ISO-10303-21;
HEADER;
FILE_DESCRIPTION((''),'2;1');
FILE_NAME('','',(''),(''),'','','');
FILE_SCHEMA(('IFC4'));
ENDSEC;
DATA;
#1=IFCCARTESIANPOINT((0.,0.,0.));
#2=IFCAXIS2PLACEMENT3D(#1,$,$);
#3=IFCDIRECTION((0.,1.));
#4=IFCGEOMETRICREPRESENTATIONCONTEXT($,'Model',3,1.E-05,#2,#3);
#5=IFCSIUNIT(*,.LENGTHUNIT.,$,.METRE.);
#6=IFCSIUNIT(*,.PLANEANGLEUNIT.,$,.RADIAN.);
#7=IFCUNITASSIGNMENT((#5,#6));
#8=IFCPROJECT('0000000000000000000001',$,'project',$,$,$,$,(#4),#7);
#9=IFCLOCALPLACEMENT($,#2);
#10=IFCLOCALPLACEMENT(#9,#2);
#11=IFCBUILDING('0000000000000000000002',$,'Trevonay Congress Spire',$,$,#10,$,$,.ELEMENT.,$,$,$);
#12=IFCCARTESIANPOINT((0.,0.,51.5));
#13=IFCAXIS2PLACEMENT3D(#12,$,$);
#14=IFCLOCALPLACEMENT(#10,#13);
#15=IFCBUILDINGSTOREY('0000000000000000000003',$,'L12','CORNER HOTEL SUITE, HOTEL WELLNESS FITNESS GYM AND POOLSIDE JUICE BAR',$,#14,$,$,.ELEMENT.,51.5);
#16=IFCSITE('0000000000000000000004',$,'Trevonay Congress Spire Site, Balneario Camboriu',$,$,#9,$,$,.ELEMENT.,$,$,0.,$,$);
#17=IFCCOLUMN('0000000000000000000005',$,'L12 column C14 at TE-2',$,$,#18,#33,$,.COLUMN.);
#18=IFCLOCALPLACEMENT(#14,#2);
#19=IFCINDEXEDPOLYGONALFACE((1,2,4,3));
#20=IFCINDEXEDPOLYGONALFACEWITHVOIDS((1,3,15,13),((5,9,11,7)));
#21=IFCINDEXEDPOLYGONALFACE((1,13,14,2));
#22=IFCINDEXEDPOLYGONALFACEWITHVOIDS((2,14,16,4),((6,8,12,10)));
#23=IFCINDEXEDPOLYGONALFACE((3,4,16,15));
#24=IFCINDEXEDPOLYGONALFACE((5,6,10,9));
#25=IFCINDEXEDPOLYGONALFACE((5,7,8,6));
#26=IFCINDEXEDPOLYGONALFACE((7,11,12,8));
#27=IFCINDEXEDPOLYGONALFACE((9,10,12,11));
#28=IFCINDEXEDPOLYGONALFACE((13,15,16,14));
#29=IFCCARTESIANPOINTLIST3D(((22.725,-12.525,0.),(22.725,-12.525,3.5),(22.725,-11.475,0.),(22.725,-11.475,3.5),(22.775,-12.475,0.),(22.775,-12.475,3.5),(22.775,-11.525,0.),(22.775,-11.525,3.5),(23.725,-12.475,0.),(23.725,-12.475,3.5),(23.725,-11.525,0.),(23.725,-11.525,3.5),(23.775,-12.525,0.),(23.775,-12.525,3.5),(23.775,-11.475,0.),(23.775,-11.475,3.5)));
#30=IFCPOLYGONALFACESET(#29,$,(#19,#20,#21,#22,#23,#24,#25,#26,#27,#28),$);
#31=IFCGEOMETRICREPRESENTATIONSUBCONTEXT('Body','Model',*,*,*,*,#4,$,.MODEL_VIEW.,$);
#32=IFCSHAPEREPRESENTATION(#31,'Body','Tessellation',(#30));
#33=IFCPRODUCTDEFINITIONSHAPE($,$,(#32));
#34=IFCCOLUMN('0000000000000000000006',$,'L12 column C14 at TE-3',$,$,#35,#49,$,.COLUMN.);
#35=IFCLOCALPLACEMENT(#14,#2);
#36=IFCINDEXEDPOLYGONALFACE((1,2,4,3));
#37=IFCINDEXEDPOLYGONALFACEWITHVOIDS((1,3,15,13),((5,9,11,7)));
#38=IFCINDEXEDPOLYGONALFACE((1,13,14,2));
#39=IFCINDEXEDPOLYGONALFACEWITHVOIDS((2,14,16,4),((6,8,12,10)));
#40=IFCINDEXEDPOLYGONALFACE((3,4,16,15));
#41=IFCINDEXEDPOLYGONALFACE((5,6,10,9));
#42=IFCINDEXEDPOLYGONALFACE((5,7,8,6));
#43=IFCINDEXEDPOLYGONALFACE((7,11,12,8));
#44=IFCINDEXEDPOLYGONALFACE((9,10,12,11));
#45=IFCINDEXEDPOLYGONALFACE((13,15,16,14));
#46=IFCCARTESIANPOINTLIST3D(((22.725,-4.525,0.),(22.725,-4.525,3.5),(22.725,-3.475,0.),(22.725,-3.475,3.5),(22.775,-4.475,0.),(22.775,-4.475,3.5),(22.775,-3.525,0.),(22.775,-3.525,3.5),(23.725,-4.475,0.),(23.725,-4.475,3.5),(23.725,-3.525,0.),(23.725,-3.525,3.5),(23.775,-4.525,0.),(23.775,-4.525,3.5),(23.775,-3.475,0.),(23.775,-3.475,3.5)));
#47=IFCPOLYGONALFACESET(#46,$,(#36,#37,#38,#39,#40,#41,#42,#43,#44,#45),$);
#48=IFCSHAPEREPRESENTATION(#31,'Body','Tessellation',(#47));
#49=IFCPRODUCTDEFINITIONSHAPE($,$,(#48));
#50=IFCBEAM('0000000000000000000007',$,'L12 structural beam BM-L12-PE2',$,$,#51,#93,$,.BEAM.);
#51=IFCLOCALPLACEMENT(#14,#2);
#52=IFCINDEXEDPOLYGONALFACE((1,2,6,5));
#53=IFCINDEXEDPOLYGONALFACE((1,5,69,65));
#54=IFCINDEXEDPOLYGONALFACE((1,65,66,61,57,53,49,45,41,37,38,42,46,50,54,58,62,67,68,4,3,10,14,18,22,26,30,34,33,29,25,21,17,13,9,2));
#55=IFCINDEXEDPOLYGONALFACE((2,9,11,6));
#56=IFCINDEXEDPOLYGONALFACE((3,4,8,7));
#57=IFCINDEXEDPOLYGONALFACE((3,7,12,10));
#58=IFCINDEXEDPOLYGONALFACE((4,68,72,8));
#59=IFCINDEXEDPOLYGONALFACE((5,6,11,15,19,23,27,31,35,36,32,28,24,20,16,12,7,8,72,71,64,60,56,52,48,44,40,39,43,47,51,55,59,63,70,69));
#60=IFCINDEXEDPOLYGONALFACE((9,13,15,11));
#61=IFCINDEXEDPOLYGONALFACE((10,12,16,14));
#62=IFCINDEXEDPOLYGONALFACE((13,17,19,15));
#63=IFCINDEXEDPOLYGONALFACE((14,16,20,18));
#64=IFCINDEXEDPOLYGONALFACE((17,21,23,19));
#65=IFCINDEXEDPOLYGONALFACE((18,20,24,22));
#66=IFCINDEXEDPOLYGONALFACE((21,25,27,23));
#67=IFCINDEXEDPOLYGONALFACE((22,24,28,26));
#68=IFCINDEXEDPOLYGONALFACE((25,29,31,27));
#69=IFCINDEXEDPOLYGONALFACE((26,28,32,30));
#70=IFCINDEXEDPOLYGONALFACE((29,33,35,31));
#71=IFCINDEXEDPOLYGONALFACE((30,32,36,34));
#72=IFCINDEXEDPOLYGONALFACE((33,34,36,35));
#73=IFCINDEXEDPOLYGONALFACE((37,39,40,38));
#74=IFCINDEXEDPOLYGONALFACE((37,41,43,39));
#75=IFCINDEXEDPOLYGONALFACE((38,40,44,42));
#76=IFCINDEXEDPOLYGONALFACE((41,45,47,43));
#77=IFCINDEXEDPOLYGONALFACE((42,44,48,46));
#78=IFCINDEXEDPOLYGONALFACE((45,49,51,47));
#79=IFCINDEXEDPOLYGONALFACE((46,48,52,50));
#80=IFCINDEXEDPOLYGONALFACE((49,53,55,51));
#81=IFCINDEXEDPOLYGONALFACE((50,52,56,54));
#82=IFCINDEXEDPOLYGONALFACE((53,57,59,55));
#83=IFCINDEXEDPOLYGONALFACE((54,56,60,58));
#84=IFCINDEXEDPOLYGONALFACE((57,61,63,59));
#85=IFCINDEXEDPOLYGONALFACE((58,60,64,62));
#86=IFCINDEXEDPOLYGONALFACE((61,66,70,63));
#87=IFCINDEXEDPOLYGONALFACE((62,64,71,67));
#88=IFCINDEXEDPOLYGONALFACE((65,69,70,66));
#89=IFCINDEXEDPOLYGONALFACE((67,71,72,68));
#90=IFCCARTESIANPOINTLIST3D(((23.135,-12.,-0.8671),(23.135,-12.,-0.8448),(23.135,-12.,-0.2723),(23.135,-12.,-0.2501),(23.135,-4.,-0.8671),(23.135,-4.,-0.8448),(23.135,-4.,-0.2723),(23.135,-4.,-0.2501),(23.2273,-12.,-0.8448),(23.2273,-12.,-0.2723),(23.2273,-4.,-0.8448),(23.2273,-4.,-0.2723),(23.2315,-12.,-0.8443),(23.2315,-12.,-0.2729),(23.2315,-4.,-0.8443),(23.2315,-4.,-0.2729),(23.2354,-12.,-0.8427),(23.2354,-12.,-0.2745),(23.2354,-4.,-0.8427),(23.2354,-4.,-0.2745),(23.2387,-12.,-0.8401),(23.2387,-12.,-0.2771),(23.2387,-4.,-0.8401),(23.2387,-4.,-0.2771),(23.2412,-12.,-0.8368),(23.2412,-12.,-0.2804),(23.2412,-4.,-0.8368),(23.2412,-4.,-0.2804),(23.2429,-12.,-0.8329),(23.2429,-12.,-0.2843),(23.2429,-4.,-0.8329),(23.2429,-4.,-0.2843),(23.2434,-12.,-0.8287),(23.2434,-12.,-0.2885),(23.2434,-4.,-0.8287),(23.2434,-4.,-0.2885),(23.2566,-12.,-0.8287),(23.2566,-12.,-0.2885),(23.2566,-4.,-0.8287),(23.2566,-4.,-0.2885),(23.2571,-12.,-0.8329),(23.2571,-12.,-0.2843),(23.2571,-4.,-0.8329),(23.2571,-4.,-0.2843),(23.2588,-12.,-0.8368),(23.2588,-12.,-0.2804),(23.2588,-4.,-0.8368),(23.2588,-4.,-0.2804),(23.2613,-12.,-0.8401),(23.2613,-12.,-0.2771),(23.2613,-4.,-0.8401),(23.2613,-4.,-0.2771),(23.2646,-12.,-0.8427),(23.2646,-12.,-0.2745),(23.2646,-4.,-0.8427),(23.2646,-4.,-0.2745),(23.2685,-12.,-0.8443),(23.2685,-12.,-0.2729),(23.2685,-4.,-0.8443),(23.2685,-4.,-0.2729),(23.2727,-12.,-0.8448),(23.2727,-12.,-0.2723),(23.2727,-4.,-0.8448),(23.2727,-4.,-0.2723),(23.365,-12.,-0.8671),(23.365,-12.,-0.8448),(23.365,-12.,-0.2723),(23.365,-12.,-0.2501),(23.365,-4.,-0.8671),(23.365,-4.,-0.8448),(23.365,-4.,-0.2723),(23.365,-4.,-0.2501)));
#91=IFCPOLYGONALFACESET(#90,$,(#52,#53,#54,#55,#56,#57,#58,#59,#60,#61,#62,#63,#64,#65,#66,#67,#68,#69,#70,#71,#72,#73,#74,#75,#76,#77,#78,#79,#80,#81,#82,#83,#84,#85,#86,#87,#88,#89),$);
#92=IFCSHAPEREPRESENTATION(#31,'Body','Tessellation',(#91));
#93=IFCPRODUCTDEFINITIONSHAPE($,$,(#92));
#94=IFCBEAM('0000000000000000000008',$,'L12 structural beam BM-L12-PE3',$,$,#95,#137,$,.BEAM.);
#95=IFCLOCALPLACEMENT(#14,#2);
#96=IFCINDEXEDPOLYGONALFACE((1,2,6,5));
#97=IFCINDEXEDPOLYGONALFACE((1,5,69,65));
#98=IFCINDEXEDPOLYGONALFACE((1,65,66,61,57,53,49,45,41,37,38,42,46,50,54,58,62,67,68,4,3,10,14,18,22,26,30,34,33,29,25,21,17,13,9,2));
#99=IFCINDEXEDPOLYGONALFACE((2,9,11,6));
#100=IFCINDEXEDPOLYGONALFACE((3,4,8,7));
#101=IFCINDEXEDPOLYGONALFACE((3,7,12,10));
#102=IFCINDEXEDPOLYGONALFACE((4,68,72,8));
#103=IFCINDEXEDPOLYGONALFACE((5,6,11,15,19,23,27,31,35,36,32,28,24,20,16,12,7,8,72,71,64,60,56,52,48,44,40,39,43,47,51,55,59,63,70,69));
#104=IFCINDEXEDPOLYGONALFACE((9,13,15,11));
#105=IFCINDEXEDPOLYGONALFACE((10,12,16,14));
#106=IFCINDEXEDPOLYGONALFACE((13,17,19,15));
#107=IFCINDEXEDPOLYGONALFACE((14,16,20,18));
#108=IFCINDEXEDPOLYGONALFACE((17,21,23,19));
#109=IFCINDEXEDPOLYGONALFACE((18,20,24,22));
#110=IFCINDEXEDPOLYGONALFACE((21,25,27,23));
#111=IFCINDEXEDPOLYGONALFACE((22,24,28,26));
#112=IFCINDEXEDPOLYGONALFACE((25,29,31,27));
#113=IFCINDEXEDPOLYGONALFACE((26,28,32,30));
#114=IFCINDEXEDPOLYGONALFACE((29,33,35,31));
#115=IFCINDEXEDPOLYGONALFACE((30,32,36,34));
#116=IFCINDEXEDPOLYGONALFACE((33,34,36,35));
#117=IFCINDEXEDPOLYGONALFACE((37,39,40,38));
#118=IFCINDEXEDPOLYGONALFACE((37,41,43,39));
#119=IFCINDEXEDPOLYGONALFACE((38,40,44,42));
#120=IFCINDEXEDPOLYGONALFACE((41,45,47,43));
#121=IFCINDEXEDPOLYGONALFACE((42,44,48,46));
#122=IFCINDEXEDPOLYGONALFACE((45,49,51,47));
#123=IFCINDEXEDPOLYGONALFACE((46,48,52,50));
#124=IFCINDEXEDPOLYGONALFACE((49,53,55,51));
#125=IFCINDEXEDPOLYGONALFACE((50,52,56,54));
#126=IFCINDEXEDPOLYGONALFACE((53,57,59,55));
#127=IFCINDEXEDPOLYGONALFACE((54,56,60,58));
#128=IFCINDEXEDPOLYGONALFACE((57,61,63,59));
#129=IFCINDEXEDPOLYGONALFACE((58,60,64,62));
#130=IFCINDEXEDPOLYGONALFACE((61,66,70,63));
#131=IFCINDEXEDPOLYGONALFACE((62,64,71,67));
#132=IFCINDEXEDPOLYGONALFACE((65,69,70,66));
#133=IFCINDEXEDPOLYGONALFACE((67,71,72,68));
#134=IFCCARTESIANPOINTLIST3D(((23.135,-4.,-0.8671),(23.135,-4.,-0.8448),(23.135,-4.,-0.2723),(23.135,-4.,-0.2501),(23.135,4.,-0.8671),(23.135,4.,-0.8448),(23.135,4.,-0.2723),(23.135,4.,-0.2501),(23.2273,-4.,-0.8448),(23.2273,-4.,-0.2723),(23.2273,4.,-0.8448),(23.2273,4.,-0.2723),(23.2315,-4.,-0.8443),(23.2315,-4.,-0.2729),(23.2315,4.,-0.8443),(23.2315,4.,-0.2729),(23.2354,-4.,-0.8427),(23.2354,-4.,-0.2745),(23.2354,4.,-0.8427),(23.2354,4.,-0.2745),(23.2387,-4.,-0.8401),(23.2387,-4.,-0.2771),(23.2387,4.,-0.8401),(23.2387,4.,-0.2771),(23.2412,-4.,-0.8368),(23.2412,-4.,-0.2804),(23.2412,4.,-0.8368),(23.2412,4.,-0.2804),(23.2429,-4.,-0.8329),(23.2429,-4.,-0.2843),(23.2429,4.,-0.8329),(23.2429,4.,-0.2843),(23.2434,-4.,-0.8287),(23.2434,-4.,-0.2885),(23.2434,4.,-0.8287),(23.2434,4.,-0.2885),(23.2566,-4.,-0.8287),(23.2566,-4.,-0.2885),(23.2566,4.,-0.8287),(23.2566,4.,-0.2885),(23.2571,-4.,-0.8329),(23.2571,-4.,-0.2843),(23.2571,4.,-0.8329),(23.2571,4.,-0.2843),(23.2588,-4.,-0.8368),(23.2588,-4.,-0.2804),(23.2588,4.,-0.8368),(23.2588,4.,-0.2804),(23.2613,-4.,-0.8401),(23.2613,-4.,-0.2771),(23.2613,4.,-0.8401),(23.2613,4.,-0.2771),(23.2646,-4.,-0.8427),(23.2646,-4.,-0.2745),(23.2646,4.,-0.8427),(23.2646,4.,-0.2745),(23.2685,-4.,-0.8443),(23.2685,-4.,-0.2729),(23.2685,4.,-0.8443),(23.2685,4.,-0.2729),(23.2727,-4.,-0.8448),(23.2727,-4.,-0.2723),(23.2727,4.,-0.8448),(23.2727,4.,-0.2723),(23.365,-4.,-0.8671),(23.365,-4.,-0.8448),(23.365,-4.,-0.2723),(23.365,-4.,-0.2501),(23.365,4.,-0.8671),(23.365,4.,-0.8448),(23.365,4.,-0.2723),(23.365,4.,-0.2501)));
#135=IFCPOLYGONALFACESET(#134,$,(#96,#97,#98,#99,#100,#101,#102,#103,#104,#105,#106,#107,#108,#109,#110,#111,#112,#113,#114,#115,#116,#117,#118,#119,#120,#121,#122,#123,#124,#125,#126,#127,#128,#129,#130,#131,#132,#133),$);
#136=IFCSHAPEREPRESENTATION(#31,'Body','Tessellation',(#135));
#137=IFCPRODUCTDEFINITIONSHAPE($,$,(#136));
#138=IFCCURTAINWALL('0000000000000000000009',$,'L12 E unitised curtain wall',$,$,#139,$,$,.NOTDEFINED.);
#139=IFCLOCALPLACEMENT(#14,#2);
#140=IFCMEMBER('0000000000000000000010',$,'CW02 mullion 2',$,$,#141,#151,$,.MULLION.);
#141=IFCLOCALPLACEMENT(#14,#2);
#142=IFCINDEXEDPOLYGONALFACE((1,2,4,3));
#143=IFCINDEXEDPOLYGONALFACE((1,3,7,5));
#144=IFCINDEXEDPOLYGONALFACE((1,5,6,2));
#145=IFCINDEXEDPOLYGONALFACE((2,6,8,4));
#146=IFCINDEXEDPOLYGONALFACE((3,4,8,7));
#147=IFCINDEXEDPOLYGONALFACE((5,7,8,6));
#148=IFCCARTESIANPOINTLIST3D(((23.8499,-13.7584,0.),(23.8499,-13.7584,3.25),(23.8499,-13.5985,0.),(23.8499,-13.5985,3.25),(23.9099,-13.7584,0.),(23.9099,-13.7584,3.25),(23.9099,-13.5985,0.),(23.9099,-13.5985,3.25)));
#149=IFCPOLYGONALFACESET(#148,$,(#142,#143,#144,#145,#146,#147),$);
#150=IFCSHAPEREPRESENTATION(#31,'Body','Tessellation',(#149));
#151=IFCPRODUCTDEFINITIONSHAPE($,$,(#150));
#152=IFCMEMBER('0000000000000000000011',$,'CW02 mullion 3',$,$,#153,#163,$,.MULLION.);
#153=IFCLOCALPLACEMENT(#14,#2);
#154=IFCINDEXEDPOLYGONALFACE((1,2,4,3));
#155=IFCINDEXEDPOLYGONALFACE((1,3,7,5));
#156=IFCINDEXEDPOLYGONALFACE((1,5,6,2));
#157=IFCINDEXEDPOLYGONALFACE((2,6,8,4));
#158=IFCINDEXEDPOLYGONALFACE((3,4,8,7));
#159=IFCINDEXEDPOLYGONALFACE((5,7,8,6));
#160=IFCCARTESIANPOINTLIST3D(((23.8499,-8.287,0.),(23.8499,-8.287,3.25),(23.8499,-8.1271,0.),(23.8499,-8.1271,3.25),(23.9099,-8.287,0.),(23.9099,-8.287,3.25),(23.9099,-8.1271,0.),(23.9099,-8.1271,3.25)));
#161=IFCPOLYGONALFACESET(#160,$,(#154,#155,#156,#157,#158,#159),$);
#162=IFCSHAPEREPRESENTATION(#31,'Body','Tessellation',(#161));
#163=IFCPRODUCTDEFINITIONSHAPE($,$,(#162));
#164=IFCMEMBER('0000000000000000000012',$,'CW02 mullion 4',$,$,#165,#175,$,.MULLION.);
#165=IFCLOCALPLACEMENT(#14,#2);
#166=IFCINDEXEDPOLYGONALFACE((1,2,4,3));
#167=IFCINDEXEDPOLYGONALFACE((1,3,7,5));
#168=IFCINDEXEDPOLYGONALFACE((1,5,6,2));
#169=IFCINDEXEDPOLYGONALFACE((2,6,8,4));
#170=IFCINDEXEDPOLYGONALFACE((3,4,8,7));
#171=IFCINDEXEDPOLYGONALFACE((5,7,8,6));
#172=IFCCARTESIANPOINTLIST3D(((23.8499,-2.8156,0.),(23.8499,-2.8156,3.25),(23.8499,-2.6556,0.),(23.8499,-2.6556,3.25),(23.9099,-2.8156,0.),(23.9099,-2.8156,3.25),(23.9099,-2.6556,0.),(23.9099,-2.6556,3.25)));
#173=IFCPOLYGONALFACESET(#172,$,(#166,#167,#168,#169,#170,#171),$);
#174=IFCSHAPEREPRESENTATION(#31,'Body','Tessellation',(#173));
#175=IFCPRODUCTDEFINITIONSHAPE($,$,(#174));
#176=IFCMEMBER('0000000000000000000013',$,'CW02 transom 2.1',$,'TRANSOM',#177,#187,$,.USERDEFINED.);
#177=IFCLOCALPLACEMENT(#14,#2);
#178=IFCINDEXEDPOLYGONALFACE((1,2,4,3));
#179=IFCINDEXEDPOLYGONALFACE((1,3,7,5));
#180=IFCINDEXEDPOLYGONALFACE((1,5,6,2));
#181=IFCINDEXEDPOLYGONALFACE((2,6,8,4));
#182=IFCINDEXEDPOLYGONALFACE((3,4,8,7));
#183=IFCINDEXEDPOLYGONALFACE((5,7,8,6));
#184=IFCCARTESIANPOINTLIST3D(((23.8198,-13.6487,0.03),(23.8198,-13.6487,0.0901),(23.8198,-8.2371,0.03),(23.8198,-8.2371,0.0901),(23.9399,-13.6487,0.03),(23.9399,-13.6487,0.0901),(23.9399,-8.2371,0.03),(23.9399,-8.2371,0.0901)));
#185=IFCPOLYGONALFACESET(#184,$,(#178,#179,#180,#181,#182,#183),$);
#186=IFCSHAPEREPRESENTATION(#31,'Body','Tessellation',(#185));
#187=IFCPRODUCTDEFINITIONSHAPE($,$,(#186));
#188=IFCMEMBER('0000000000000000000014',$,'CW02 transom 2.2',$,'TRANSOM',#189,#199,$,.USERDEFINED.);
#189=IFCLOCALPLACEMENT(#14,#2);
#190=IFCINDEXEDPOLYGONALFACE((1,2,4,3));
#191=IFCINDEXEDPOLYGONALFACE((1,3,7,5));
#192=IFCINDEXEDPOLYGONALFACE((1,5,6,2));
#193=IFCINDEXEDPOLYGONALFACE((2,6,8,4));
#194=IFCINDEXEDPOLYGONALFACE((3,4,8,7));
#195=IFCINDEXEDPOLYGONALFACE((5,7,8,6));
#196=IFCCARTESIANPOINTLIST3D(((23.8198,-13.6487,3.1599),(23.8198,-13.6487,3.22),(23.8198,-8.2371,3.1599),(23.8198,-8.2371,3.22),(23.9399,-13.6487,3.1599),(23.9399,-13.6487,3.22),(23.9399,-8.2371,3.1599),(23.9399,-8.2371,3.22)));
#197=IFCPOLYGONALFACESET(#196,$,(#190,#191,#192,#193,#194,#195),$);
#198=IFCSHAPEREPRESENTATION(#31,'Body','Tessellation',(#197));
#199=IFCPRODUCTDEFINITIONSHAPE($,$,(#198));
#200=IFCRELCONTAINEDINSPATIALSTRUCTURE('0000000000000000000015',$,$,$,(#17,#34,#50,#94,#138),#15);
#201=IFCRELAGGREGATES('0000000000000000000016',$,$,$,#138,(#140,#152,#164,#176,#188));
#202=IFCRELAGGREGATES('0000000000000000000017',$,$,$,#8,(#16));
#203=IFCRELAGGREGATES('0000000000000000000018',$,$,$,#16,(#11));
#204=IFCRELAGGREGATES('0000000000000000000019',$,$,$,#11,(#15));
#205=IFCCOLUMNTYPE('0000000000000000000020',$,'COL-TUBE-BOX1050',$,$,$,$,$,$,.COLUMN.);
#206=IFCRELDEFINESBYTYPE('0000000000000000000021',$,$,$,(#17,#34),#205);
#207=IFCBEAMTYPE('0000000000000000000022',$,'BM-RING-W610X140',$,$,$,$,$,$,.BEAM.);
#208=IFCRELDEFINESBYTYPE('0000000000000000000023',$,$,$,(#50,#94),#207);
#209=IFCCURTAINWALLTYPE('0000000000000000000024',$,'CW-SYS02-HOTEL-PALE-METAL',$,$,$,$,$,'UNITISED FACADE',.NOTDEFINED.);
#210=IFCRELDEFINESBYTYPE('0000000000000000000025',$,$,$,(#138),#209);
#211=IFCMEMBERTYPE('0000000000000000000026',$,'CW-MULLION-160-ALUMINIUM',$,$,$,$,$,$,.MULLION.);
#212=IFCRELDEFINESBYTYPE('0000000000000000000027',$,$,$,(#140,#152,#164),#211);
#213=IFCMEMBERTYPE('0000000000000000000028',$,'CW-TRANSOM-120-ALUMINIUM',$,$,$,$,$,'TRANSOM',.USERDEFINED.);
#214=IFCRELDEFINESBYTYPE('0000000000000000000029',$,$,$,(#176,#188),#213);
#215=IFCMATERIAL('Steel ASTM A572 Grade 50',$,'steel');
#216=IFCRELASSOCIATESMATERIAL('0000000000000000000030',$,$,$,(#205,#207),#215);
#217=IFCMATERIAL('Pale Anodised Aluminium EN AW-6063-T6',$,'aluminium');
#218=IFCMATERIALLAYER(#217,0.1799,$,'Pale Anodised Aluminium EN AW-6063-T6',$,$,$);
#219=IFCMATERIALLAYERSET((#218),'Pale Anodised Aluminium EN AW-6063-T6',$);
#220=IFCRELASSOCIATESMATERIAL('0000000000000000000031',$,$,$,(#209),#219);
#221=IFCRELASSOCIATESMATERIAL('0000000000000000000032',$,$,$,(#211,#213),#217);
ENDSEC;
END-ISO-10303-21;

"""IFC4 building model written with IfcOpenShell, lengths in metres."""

from ifc_helpers import new_model, si_unit, direction, frame, origin, origin_2d, place, context, subcontext, project, spatial, rectangle, hollow_rectangle, i_section, extrude, material, layer, layer_set, material_profile, profile_set, type_object, element, aggregate, save


model = new_model("IFC4")

# Units and contexts
model_context = context("Model", 3, precision=1e-05, world=origin(), true_north=direction((0.0, 1.0)))
body_context = subcontext(model_context, "Body", "Model", "MODEL_VIEW")
ifc_project = project(units=[si_unit("LENGTHUNIT", "METRE"), si_unit("PLANEANGLEUNIT", "RADIAN")], contexts=[model_context])

# Site, building, storey
site_placement = place(None, origin())
site = spatial("IfcSite", under=ifc_project, at=site_placement, Name="Trevonay Congress Spire Site, Balneario Camboriu", CompositionType="ELEMENT", RefElevation=0.0)
building_placement = place(site_placement, origin())
building = spatial("IfcBuilding", under=site, at=building_placement, Name="Trevonay Congress Spire", CompositionType="ELEMENT")
storey_placement = place(building_placement, frame((0.0, 0.0, 51.5)))
storey = spatial("IfcBuildingStorey", under=building, at=storey_placement, Name="L12", Description="CORNER HOTEL SUITE, HOTEL WELLNESS FITNESS GYM AND POOLSIDE JUICE BAR", CompositionType="ELEMENT", Elevation=51.5)

# Columns
ifc_material_1 = material(Name="Steel ASTM A572 Grade 50", Category="steel")
ifc_material_profile_1 = material_profile(ifc_material_1, hollow_rectangle(XDim=1.05, YDim=1.05, WallThickness=0.05, at=origin_2d()), Name="BOX 1050x1050x50")
ifc_profile_set_1 = profile_set([ifc_material_profile_1], Name="Steel ASTM A572 Grade 50")
column_type = type_object("IfcColumnType", Name="COL-TUBE-BOX1050", PredefinedType="COLUMN", material=ifc_profile_set_1)
for number, where, z_axis, x_axis, name in (
    (1, (23.25, -12.0, 0.0), (0.0, 0.0, 1.0), (1.0, 0.0, 0.0), "L12 column C14 at TE-2"),
    (2, (23.25, -4.0, 0.0), (0.0, 0.0, 1.0), (1.0, 0.0, 0.0), "L12 column C14 at TE-3"),
):
    element("IfcColumn", number, at=place(storey_placement, frame(where, z_axis=z_axis, x_axis=x_axis)), inside=storey, type_object=column_type, Name=name, PredefinedType="COLUMN", context=body_context, shape_type="SweptSolid", body=[
        extrude(hollow_rectangle(XDim=1.05, YDim=1.05, WallThickness=0.05, at=origin_2d()), origin(), (0.0, 0.0, 1.0), 3.5),
    ])

# Beams
ifc_material_profile_2 = material_profile(ifc_material_1, i_section(OverallWidth=0.23, OverallDepth=0.6169, WebThickness=0.0132, FlangeThickness=0.0222, FilletRadius=0.0161, at=origin_2d()), Name="W610x140")
ifc_profile_set_2 = profile_set([ifc_material_profile_2], Name="Steel ASTM A572 Grade 50")
beam_type = type_object("IfcBeamType", Name="BM-RING-W610X140", PredefinedType="BEAM", material=ifc_profile_set_2)
for number, where, z_axis, x_axis, name in (
    (3, (23.25, -12.0, -0.5586), (0.0, 1.0, 0.0), (-1.0, 0.0, 0.0), "L12 structural beam BM-L12-PE2"),
    (4, (23.25, -4.0, -0.5586), (0.0, 1.0, 0.0), (-1.0, 0.0, 0.0), "L12 structural beam BM-L12-PE3"),
):
    element("IfcBeam", number, at=place(storey_placement, frame(where, z_axis=z_axis, x_axis=x_axis)), inside=storey, type_object=beam_type, Name=name, PredefinedType="BEAM", context=body_context, shape_type="SweptSolid", body=[
        extrude(i_section(OverallWidth=0.23, OverallDepth=0.6169, WebThickness=0.0132, FlangeThickness=0.0222, FilletRadius=0.0161, at=origin_2d()), origin(), (0.0, 0.0, 1.0), 8.0),
    ])

# Curtain wall, members
ifc_material_2 = material(Name="Pale Anodised Aluminium EN AW-6063-T6", Category="aluminium")
ifc_layer_1 = layer(ifc_material_2, 0.1799, Name="Pale Anodised Aluminium EN AW-6063-T6")
ifc_layer_set_1 = layer_set([ifc_layer_1], Name="Pale Anodised Aluminium EN AW-6063-T6")
curtain_wall_type = type_object("IfcCurtainWallType", Name="CW-SYS02-HOTEL-PALE-METAL", ElementType="UNITISED FACADE", PredefinedType="NOTDEFINED", material=ifc_layer_set_1)
curtain_wall_placement = place(storey_placement, origin())
curtain_wall = element("IfcCurtainWall", 5, at=curtain_wall_placement, inside=storey, type_object=curtain_wall_type, Name="L12 E unitised curtain wall", PredefinedType="NOTDEFINED")
ifc_material_profile_3 = material_profile(ifc_material_2, rectangle(XDim=0.0601, YDim=0.1599, at=origin_2d()), Name="CW-MULLION-160-ALUMINIUM")
ifc_profile_set_3 = profile_set([ifc_material_profile_3], Name="Pale Anodised Aluminium EN AW-6063-T6")
member_type_1 = type_object("IfcMemberType", Name="CW-MULLION-160-ALUMINIUM", PredefinedType="MULLION", material=ifc_profile_set_3)
member_1_placement = place(storey_placement, frame((23.8799, -13.6785, 0.0), z_axis=(0.0, 0.0, 1.0), x_axis=(-1.0, 0.0, 0.0)))
member_1 = element("IfcMember", 6, at=member_1_placement, type_object=member_type_1, Name="CW02 mullion 2", PredefinedType="MULLION", context=body_context, shape_type="SweptSolid", body=[
    extrude(rectangle(XDim=0.0601, YDim=0.1599, at=origin_2d()), origin(), (0.0, 0.0, 1.0), 3.25),
])
member_2_placement = place(storey_placement, frame((23.8799, -8.207, 0.0), z_axis=(0.0, 0.0, 1.0), x_axis=(-1.0, 0.0, 0.0)))
member_2 = element("IfcMember", 7, at=member_2_placement, type_object=member_type_1, Name="CW02 mullion 3", PredefinedType="MULLION", context=body_context, shape_type="SweptSolid", body=[
    extrude(rectangle(XDim=0.0601, YDim=0.1599, at=origin_2d()), origin(), (0.0, 0.0, 1.0), 3.25),
])
member_3_placement = place(storey_placement, frame((23.8799, -2.7356, 0.0), z_axis=(0.0, 0.0, 1.0), x_axis=(-1.0, 0.0, 0.0)))
member_3 = element("IfcMember", 8, at=member_3_placement, type_object=member_type_1, Name="CW02 mullion 4", PredefinedType="MULLION", context=body_context, shape_type="SweptSolid", body=[
    extrude(rectangle(XDim=0.0601, YDim=0.1599, at=origin_2d()), origin(), (0.0, 0.0, 1.0), 3.25),
])
ifc_material_profile_4 = material_profile(ifc_material_2, rectangle(XDim=0.1201, YDim=0.0601, at=origin_2d()), Name="CW-TRANSOM-120-ALUMINIUM")
ifc_profile_set_4 = profile_set([ifc_material_profile_4], Name="Pale Anodised Aluminium EN AW-6063-T6")
member_type_2 = type_object("IfcMemberType", Name="CW-TRANSOM-120-ALUMINIUM", ElementType="TRANSOM", PredefinedType="USERDEFINED", material=ifc_profile_set_4)
member_4_placement = place(storey_placement, frame((23.8799, -13.6487, 0.0601), z_axis=(0.0, 1.0, 0.0), x_axis=(-1.0, 0.0, 0.0)))
member_4 = element("IfcMember", 9, at=member_4_placement, type_object=member_type_2, Name="CW02 transom 2.1", ObjectType="TRANSOM", PredefinedType="USERDEFINED", context=body_context, shape_type="SweptSolid", body=[
    extrude(rectangle(XDim=0.1201, YDim=0.0601, at=origin_2d()), origin(), (0.0, 0.0, 1.0), 5.4116),
])
member_5_placement = place(storey_placement, frame((23.8799, -13.6487, 3.1899), z_axis=(0.0, 1.0, 0.0), x_axis=(-1.0, 0.0, 0.0)))
member_5 = element("IfcMember", 10, at=member_5_placement, type_object=member_type_2, Name="CW02 transom 2.2", ObjectType="TRANSOM", PredefinedType="USERDEFINED", context=body_context, shape_type="SweptSolid", body=[
    extrude(rectangle(XDim=0.1201, YDim=0.0601, at=origin_2d()), origin(), (0.0, 0.0, 1.0), 5.4116),
])
aggregate(curtain_wall, [member_1, member_2, member_3, member_4, member_5])

save(model, "model.ifc")
